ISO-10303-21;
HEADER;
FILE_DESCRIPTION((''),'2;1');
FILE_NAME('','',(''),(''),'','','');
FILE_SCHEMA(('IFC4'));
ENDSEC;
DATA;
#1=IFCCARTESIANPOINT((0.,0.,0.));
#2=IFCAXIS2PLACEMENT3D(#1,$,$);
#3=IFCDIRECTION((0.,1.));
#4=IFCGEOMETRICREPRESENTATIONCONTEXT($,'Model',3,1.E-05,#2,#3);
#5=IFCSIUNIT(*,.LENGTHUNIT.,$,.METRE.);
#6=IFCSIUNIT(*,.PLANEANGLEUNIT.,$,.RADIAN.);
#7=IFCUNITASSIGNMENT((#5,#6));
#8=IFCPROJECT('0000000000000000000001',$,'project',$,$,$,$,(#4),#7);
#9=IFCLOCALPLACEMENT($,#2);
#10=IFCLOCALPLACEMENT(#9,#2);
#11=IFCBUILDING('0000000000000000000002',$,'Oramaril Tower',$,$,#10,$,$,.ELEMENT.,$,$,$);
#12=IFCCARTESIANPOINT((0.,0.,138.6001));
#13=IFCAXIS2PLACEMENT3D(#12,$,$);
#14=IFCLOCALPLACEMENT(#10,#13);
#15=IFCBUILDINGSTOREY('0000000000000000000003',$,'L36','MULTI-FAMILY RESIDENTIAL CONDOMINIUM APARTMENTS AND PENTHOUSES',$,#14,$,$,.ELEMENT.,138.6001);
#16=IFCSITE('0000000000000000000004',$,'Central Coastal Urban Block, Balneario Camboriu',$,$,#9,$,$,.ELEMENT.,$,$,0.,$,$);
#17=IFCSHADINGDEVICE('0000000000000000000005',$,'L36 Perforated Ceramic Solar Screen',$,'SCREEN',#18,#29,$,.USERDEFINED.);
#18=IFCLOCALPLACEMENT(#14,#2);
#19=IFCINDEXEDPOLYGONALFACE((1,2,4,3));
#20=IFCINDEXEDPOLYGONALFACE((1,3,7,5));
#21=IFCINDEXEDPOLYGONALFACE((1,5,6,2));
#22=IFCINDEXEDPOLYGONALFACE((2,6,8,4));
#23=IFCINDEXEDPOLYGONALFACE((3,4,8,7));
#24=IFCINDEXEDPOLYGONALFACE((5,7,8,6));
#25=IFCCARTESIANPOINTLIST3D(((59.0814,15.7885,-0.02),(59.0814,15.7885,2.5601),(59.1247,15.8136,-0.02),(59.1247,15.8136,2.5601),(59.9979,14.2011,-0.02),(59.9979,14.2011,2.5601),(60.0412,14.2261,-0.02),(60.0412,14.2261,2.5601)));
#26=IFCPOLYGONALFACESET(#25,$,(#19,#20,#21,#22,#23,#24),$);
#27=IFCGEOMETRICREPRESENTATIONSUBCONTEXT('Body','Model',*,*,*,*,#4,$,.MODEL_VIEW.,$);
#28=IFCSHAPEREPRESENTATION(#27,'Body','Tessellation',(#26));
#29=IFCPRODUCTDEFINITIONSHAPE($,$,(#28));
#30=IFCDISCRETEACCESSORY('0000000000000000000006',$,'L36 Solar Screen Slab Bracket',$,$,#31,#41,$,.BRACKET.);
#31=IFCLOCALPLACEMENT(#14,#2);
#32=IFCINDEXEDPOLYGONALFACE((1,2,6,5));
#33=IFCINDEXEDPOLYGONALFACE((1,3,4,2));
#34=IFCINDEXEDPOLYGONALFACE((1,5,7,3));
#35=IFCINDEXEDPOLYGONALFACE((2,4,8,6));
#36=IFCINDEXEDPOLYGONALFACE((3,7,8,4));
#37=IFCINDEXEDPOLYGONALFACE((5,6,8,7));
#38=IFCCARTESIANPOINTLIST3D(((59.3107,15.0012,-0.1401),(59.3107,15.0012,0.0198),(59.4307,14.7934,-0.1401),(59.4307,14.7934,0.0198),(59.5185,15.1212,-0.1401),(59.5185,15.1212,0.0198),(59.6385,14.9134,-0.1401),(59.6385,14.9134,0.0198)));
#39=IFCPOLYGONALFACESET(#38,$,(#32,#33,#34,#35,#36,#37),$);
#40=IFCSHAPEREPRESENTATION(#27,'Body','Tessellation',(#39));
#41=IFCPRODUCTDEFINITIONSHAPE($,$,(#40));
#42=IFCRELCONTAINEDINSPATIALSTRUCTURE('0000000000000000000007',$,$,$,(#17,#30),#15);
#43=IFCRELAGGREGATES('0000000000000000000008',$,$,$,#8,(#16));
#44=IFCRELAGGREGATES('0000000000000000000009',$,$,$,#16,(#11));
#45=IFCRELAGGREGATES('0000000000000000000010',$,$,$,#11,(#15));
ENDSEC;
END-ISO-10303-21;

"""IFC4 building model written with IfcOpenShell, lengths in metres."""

from ifc_helpers import new_model, si_unit, direction, frame, origin, origin_2d, place, context, subcontext, project, spatial, rectangle, extrude, element, save


model = new_model("IFC4")

# Units and contexts
model_context = context("Model", 3, precision=1e-05, world=origin(), true_north=direction((0.0, 1.0)))
body_context = subcontext(model_context, "Body", "Model", "MODEL_VIEW")
ifc_project = project(units=[si_unit("LENGTHUNIT", "METRE"), si_unit("PLANEANGLEUNIT", "RADIAN")], contexts=[model_context])

# Site, building, storey
site_placement = place(None, origin())
site = spatial("IfcSite", under=ifc_project, at=site_placement, Name="Central Coastal Urban Block, Balneario Camboriu", CompositionType="ELEMENT", RefElevation=0.0)
building_placement = place(site_placement, origin())
building = spatial("IfcBuilding", under=site, at=building_placement, Name="Oramaril Tower", CompositionType="ELEMENT")
storey_placement = place(building_placement, frame((0.0, 0.0, 138.6001)))
storey = spatial("IfcBuildingStorey", under=building, at=storey_placement, Name="L36", Description="MULTI-FAMILY RESIDENTIAL CONDOMINIUM APARTMENTS AND PENTHOUSES", CompositionType="ELEMENT", Elevation=138.6001)

# Shading device
shading_device_placement = place(storey_placement, frame((59.5613, 15.0073, -0.02), z_axis=(0.0, 0.0, 1.0), x_axis=(-0.5, 0.866025, 0.0)))
element("IfcShadingDevice", 1, at=shading_device_placement, inside=storey, Name="L36 Perforated Ceramic Solar Screen", ObjectType="SCREEN", PredefinedType="USERDEFINED", context=body_context, shape_type="SweptSolid", body=[
    extrude(rectangle(XDim=1.833, YDim=0.05, at=origin_2d()), origin(), (0.0, 0.0, 1.0), 2.5801),
])

# Discrete accessory
discrete_accessory_placement = place(storey_placement, frame((59.4746, 14.9573, -0.1401), z_axis=(0.0, 0.0, 1.0), x_axis=(-0.5, 0.866025, 0.0)))
element("IfcDiscreteAccessory", 2, at=discrete_accessory_placement, inside=storey, Name="L36 Solar Screen Slab Bracket", PredefinedType="BRACKET", context=body_context, shape_type="SweptSolid", body=[
    extrude(rectangle(XDim=0.24, YDim=0.24, at=origin_2d()), origin(), (0.0, 0.0, 1.0), 0.1599),
])

save(model, "model.ifc")
